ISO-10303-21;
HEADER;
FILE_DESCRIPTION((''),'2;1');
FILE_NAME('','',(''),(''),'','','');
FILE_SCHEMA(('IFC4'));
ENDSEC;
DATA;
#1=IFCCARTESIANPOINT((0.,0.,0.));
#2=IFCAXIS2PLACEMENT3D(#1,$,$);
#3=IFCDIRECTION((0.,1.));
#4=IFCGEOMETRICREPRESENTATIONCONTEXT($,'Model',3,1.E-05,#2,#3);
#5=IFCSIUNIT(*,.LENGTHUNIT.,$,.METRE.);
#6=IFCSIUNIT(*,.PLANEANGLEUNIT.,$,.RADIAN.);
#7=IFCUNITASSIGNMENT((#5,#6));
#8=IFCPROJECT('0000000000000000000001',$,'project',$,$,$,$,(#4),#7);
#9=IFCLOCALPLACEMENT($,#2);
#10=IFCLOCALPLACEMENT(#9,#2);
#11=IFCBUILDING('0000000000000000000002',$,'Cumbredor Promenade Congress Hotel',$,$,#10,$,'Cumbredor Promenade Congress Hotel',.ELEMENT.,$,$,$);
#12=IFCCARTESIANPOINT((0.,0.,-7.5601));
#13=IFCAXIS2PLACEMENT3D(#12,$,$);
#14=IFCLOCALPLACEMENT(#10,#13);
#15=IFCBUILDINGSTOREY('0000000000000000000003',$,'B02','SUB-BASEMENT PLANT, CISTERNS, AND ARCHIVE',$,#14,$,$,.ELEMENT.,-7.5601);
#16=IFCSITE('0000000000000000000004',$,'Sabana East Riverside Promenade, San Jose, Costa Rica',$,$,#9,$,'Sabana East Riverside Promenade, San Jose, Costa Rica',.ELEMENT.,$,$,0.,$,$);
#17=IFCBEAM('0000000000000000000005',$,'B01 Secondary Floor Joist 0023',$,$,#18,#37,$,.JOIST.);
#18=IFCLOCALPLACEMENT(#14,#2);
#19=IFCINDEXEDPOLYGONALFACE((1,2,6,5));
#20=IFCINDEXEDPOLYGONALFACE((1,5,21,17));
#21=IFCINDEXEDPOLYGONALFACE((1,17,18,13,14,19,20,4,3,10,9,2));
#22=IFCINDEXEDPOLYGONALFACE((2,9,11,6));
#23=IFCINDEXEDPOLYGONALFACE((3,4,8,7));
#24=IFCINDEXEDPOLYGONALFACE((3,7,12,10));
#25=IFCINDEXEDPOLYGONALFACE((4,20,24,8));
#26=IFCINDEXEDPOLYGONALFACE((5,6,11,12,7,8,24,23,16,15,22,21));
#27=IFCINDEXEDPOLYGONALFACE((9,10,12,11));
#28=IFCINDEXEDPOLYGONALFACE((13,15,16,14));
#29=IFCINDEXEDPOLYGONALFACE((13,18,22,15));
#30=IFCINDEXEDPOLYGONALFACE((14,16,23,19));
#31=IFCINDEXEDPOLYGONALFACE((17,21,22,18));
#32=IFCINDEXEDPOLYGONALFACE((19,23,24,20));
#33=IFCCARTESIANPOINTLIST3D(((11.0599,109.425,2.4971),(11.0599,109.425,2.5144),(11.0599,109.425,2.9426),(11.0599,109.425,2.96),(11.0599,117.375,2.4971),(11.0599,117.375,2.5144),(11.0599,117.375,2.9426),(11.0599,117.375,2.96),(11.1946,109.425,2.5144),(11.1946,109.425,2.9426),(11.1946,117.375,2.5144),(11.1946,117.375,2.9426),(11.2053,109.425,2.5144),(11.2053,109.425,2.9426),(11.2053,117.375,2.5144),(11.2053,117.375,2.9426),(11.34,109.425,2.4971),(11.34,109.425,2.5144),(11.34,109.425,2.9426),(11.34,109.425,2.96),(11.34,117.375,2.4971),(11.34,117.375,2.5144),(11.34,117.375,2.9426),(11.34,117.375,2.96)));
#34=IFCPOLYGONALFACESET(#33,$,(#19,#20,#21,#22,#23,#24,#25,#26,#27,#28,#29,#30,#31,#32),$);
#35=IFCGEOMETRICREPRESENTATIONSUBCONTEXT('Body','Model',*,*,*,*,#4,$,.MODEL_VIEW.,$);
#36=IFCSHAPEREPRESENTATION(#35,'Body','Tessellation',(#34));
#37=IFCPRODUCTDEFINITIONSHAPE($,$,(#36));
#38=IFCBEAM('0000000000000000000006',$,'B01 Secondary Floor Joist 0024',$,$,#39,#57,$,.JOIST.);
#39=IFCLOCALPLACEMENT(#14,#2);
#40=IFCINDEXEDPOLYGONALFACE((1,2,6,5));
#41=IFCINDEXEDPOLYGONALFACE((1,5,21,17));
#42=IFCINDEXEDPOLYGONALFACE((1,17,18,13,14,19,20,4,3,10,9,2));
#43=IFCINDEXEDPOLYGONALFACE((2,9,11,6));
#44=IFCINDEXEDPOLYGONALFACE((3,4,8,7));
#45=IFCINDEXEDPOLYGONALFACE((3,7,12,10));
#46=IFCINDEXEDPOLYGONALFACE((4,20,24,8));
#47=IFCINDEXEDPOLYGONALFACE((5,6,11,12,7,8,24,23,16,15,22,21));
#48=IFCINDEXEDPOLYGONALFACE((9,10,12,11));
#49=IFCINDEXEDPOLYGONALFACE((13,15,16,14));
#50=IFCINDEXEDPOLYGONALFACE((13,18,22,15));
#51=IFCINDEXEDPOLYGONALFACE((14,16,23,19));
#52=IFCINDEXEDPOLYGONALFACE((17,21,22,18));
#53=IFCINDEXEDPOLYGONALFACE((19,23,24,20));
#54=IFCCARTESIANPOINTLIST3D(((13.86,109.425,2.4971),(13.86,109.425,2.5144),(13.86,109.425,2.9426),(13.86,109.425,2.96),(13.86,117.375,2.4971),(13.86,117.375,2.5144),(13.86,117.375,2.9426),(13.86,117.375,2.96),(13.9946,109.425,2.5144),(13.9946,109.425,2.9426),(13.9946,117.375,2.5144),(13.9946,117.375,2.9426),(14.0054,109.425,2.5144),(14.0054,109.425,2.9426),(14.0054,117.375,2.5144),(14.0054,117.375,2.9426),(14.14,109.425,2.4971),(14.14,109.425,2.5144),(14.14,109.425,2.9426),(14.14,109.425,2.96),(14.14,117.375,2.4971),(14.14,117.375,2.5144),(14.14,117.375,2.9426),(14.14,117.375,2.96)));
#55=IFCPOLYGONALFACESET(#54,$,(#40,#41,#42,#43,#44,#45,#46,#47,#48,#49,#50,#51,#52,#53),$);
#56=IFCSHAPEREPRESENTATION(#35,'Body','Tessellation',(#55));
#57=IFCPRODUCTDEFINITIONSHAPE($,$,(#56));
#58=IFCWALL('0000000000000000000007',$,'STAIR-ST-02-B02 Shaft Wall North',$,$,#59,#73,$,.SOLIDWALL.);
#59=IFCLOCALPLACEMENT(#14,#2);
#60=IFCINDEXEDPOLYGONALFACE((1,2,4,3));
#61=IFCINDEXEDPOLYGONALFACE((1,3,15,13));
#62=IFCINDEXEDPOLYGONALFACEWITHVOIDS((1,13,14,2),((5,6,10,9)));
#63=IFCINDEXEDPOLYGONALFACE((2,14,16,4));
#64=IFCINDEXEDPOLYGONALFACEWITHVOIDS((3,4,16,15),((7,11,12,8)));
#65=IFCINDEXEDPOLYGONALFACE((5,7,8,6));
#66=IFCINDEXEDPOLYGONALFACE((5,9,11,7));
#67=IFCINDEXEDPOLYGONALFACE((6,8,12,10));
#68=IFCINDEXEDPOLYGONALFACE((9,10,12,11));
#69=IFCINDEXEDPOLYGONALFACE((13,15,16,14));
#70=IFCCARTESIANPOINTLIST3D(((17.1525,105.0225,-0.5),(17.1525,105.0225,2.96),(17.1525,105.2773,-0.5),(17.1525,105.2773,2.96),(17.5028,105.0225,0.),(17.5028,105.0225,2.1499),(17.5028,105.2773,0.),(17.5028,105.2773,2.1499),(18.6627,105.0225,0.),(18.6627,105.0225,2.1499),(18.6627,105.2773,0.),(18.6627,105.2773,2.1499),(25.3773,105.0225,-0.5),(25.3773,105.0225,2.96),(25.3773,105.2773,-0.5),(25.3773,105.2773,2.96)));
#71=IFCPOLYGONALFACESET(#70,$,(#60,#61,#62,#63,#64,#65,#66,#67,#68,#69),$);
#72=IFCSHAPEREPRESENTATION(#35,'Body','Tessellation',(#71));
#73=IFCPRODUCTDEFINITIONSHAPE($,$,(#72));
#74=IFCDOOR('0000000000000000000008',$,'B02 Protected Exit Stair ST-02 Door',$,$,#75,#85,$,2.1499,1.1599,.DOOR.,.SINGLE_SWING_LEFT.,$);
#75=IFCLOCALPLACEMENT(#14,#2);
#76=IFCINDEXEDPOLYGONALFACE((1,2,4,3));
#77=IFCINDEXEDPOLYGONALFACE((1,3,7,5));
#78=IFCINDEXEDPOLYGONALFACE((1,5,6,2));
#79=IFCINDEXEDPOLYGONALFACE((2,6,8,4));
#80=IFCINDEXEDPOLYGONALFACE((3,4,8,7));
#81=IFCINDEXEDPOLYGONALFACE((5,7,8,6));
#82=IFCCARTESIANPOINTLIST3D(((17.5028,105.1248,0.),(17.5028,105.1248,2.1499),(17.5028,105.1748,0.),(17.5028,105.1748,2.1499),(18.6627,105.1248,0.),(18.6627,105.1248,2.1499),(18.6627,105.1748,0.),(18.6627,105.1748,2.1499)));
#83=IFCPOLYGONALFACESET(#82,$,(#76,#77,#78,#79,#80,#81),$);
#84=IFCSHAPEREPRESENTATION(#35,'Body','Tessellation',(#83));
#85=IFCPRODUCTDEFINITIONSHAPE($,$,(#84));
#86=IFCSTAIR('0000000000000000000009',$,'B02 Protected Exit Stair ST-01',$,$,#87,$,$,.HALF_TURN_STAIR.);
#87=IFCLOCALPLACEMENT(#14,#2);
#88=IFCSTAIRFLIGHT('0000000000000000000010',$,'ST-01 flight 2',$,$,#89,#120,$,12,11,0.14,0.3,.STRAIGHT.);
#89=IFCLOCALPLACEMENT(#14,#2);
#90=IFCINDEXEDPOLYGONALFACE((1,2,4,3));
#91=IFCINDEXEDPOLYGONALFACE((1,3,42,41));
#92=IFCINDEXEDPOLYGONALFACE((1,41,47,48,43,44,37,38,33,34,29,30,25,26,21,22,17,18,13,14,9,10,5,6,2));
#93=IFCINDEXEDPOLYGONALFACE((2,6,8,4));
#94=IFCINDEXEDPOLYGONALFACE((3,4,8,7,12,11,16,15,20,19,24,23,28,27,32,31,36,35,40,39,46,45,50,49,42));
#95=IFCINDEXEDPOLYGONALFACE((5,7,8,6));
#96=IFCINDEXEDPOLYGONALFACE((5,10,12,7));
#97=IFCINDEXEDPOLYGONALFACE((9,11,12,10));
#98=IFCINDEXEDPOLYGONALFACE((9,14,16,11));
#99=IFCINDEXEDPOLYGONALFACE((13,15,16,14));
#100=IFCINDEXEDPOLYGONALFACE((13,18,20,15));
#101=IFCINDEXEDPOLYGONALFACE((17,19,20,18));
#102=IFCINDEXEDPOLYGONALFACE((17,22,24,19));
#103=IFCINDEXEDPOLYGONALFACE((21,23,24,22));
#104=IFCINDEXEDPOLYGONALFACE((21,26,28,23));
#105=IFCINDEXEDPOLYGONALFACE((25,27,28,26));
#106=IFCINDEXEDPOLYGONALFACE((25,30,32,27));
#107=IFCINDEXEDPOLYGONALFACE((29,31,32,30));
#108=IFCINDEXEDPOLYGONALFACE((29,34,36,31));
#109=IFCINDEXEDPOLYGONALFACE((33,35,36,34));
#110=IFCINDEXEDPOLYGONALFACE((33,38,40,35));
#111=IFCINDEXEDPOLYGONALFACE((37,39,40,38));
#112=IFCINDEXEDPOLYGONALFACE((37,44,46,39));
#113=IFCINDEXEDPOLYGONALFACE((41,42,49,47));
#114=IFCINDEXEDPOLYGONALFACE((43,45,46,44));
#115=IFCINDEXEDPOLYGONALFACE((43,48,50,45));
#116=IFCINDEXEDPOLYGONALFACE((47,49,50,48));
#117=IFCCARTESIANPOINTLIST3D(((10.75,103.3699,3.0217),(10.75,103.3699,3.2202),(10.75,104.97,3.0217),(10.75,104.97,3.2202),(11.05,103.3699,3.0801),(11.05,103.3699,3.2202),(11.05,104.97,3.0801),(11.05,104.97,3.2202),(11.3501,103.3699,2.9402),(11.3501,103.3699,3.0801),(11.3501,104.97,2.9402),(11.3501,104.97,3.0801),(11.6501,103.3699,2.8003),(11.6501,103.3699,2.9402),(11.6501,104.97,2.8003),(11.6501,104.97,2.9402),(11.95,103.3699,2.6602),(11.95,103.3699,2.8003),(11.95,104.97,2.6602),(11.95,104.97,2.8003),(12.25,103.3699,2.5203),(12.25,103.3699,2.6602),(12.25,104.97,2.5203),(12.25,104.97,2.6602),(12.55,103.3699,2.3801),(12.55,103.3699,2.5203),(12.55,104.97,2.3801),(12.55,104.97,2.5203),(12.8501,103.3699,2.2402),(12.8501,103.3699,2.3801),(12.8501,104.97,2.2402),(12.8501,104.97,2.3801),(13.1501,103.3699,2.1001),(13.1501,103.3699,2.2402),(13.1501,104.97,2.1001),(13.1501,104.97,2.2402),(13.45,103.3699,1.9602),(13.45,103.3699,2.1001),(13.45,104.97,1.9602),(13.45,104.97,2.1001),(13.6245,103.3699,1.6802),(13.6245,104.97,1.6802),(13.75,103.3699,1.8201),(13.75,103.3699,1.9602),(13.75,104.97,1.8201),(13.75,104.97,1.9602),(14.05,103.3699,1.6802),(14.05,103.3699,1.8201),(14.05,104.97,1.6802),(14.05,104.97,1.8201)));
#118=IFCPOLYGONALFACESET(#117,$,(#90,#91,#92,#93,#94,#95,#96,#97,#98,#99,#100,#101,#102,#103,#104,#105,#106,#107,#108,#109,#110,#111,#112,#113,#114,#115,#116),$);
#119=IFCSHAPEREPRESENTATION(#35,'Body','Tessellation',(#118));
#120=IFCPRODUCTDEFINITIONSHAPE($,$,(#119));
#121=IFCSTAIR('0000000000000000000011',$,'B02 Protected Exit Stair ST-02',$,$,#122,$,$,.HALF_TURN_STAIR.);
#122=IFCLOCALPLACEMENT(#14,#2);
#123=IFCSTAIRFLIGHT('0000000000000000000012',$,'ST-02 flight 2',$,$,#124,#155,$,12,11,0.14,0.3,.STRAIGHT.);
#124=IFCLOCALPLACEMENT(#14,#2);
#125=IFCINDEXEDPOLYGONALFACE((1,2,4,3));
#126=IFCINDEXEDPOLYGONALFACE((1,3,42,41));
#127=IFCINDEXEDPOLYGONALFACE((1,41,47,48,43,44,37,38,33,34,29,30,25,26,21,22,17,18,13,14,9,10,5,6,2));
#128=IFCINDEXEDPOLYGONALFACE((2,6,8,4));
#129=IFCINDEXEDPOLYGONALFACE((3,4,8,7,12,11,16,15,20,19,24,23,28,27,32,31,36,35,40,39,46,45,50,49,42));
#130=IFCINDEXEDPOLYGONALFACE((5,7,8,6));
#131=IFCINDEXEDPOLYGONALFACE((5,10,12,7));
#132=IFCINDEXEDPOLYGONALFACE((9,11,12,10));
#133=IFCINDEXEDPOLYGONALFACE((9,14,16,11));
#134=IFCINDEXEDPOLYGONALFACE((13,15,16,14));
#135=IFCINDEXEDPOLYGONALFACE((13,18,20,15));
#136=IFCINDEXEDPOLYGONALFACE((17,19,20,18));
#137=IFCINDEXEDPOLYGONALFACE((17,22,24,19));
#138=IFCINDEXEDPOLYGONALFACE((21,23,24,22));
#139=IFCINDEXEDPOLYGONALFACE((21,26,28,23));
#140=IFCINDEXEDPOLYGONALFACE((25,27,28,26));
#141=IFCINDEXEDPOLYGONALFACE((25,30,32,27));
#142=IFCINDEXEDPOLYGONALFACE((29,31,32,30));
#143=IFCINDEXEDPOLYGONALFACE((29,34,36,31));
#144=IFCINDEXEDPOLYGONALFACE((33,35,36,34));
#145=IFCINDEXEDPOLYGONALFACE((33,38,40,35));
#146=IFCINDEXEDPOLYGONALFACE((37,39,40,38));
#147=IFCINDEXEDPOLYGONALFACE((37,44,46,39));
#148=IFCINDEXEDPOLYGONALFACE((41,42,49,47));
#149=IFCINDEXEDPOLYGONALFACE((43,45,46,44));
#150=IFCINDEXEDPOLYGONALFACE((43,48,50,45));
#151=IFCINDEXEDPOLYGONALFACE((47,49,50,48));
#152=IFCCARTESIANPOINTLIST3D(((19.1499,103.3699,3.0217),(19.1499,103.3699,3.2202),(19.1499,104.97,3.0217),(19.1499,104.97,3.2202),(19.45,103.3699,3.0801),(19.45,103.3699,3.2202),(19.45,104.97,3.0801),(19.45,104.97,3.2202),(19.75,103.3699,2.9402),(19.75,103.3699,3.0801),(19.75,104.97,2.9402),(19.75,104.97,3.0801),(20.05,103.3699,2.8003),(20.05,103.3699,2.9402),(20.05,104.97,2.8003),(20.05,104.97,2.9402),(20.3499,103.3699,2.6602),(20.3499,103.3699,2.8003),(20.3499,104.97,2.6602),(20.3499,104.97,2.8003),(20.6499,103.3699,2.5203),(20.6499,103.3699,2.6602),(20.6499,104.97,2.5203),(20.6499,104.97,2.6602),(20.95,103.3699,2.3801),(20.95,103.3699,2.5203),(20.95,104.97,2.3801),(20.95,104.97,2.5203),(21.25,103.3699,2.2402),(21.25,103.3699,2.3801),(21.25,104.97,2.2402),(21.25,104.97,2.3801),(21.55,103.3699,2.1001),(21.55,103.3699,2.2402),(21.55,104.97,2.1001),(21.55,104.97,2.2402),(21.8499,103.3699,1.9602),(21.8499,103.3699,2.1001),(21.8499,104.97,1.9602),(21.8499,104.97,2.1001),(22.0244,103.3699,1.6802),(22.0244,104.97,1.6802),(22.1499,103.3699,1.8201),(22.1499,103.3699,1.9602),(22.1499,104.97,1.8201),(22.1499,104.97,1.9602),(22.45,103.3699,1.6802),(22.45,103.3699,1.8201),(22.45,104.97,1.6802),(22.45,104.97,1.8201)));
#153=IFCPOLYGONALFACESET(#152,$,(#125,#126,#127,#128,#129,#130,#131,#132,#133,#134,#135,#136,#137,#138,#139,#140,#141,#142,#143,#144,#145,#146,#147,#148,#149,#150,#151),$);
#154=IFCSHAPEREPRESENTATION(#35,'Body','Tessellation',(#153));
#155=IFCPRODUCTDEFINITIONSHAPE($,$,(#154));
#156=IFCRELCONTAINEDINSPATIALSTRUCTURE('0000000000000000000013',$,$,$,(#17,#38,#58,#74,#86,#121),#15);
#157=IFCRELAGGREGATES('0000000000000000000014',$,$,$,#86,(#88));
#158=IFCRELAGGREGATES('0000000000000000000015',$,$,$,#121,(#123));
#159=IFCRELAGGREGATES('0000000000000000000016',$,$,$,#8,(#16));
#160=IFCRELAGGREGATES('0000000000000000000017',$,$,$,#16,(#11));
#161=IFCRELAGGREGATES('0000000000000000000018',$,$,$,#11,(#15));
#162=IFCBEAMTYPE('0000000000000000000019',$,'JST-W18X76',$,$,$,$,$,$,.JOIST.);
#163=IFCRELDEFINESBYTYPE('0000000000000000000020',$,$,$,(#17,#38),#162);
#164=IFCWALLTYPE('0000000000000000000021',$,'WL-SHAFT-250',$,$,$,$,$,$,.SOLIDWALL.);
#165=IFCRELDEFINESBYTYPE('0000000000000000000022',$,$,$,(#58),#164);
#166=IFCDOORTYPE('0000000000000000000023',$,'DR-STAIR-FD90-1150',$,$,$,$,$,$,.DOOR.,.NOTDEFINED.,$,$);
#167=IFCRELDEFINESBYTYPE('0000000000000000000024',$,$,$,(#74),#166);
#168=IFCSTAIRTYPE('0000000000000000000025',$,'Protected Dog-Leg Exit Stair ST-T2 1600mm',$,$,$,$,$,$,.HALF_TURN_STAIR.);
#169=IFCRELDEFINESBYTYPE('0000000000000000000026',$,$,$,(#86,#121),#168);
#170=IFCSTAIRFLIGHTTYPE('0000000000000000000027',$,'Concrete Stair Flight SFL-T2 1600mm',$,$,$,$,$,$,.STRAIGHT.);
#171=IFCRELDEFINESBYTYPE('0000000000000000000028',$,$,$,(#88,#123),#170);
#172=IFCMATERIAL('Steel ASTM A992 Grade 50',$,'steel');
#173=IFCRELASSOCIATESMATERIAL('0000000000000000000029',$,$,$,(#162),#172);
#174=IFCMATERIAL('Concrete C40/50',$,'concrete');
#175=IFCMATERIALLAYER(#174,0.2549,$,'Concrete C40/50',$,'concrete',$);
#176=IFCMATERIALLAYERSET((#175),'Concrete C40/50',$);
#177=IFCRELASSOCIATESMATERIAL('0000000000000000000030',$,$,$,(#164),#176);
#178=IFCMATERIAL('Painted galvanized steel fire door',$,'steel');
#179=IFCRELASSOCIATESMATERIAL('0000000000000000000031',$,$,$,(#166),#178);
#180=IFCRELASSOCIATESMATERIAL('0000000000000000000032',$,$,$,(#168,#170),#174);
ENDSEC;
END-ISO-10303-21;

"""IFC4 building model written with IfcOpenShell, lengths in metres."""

from ifc_helpers import new_model, si_unit, direction, frame, frame_2d, origin, origin_2d, place, context, subcontext, project, spatial, polyline, rectangle, i_section, outline, extrude, material, layer, layer_set, material_profile, profile_set, type_object, element, fill, aggregate, save


model = new_model("IFC4")

# Units and contexts
model_context = context("Model", 3, precision=1e-05, world=origin(), true_north=direction((0.0, 1.0)))
body_context = subcontext(model_context, "Body", "Model", "MODEL_VIEW")
ifc_project = project(units=[si_unit("LENGTHUNIT", "METRE"), si_unit("PLANEANGLEUNIT", "RADIAN")], contexts=[model_context])

# Site, building, storey
site_placement = place(None, origin())
site = spatial("IfcSite", under=ifc_project, at=site_placement, Name="Sabana East Riverside Promenade, San Jose, Costa Rica", LongName="Sabana East Riverside Promenade, San Jose, Costa Rica", CompositionType="ELEMENT", RefElevation=0.0)
building_placement = place(site_placement, origin())
building = spatial("IfcBuilding", under=site, at=building_placement, Name="Cumbredor Promenade Congress Hotel", LongName="Cumbredor Promenade Congress Hotel", CompositionType="ELEMENT")
storey_placement = place(building_placement, frame((0.0, 0.0, -7.5601)))
storey = spatial("IfcBuildingStorey", under=building, at=storey_placement, Name="B02", Description="SUB-BASEMENT PLANT, CISTERNS, AND ARCHIVE", CompositionType="ELEMENT", Elevation=-7.5601)

# Shared definitions
ifc_material_1 = material(Name="Concrete C40/50", Category="concrete")

# Beams
ifc_material_2 = material(Name="Steel ASTM A992 Grade 50", Category="steel")
ifc_material_profile_1 = material_profile(ifc_material_2, i_section(OverallWidth=0.28, OverallDepth=0.4629, WebThickness=0.0107, FlangeThickness=0.0173, at=origin_2d()), Name="W18X76")
ifc_profile_set_1 = profile_set([ifc_material_profile_1], Name="Steel ASTM A992 Grade 50")
beam_type_1 = type_object("IfcBeamType", Name="JST-W18X76", PredefinedType="JOIST", material=ifc_profile_set_1)
for number, where, z_axis, x_axis, name in (
    (1, (11.2, 109.425, 2.7285), (0.0, 1.0, 0.0), (-1.0, 0.0, 0.0), "B01 Secondary Floor Joist 0023"),
    (2, (14.0, 109.425, 2.7285), (0.0, 1.0, 0.0), (-1.0, 0.0, 0.0), "B01 Secondary Floor Joist 0024"),
):
    element("IfcBeam", number, at=place(storey_placement, frame(where, z_axis=z_axis, x_axis=x_axis)), inside=storey, type_object=beam_type_1, Name=name, PredefinedType="JOIST", context=body_context, shape_type="SweptSolid", body=[
        extrude(i_section(OverallWidth=0.28, OverallDepth=0.4629, WebThickness=0.0107, FlangeThickness=0.0173, at=origin_2d()), origin(), (0.0, 0.0, 1.0), 7.95),
    ])

# Wall, opening, door
ifc_layer = layer(ifc_material_1, 0.2549, Name="Concrete C40/50", Category="concrete")
ifc_layer_set = layer_set([ifc_layer], Name="Concrete C40/50")
wall_type = type_object("IfcWallType", Name="WL-SHAFT-250", PredefinedType="SOLIDWALL", material=ifc_layer_set)
wall_placement = place(storey_placement, frame((17.1526, 105.1499, -0.5), z_axis=(0.0, 0.0, 1.0), x_axis=(1.0, 0.0, 0.0)))
wall = element("IfcWall", 3, at=wall_placement, inside=storey, type_object=wall_type, Name="STAIR-ST-02-B02 Shaft Wall North", PredefinedType="SOLIDWALL", context=body_context, shape_type="SweptSolid", body=[
    extrude(rectangle(XDim=8.2249, YDim=0.2549, at=frame_2d((4.1123, 0.0))), origin(), (0.0, 0.0, 1.0), 3.46),
])
opening_placement = place(wall_placement, frame((0.3501, 0.0, 0.5)))
opening = element("IfcOpeningElement", 4, at=opening_placement, cuts=wall, PredefinedType="OPENING", context=body_context, shape_type="SweptSolid", body=[
    extrude(rectangle(XDim=1.1599, YDim=2.1499, at=frame_2d((0.5801, 1.075))), frame((0.0, 0.1375, 0.0), z_axis=(0.0, -1.0, 0.0), x_axis=(1.0, 0.0, 0.0)), (0.0, 0.0, 1.0), 0.2749),
])
ifc_material_3 = material(Name="Painted galvanized steel fire door", Category="steel")
door_type = type_object("IfcDoorType", Name="DR-STAIR-FD90-1150", OperationType="NOTDEFINED", PredefinedType="DOOR", material=ifc_material_3)
door_placement = place(opening_placement, origin())
door = element("IfcDoor", 5, at=door_placement, inside=storey, type_object=door_type, Name="B02 Protected Exit Stair ST-02 Door", OperationType="SINGLE_SWING_LEFT", OverallHeight=2.1499, OverallWidth=1.1599, PredefinedType="DOOR", context=body_context, shape_type="SweptSolid", body=[
    extrude(rectangle(XDim=1.1599, YDim=2.1499, at=frame_2d((0.5801, 1.075))), frame((0.0, 0.0249, 0.0), z_axis=(0.0, -1.0, 0.0), x_axis=(1.0, 0.0, 0.0)), (0.0, 0.0, 1.0), 0.05),
])
fill(opening, door)

# Stairs, stair flights
stair_type = type_object("IfcStairType", Name="Protected Dog-Leg Exit Stair ST-T2 1600mm", PredefinedType="HALF_TURN_STAIR", material=ifc_material_1)
stair_1_placement = place(storey_placement, origin())
stair_1 = element("IfcStair", 6, at=stair_1_placement, inside=storey, type_object=stair_type, Name="B02 Protected Exit Stair ST-01", PredefinedType="HALF_TURN_STAIR")
stair_flight_type = type_object("IfcStairFlightType", Name="Concrete Stair Flight SFL-T2 1600mm", PredefinedType="STRAIGHT", material=ifc_material_1)
stair_flight_1_placement = place(storey_placement, frame((14.05, 104.1699, 1.6802), z_axis=(0.0, 0.0, 1.0), x_axis=(-1.0, 0.0, 0.0)))
stair_flight_1 = element("IfcStairFlight", 7, at=stair_flight_1_placement, type_object=stair_flight_type, Name="ST-01 flight 2", NumberOfRisers=12, NumberOfTreads=11, PredefinedType="STRAIGHT", RiserHeight=0.14, TreadLength=0.3, context=body_context, shape_type="SweptSolid", body=[
    extrude(outline(polyline([(0.0, 0.0), (0.0, 0.1399), (0.3, 0.1399), (0.3, 0.28), (0.6001, 0.28), (0.6001, 0.4199), (0.8999, 0.4199), (0.8999, 0.5601), (1.2, 0.5601), (1.2, 0.7), (1.5, 0.7), (1.5, 0.8401), (1.8, 0.8401), (1.8, 0.98), (2.1001, 0.98), (2.1001, 1.1201), (2.3999, 1.1201), (2.3999, 1.26), (2.7, 1.26), (2.7, 1.3999), (3.0, 1.3999), (3.0, 1.54), (3.3, 1.54), (3.3, 1.6799), (3.3, 1.3416), (0.4255, 0.0), (0.0, 0.0)])), frame((0.0, 0.8, 0.0), z_axis=(0.0, -1.0, 0.0), x_axis=(1.0, 0.0, 0.0)), (0.0, 0.0, 1.0), 1.6001),
])
aggregate(stair_1, [stair_flight_1])
stair_2_placement = place(storey_placement, origin())
stair_2 = element("IfcStair", 8, at=stair_2_placement, inside=storey, type_object=stair_type, Name="B02 Protected Exit Stair ST-02", PredefinedType="HALF_TURN_STAIR")
stair_flight_2_placement = place(storey_placement, frame((22.45, 104.1699, 1.6802), z_axis=(0.0, 0.0, 1.0), x_axis=(-1.0, 0.0, 0.0)))
stair_flight_2 = element("IfcStairFlight", 9, at=stair_flight_2_placement, type_object=stair_flight_type, Name="ST-02 flight 2", NumberOfRisers=12, NumberOfTreads=11, PredefinedType="STRAIGHT", RiserHeight=0.14, TreadLength=0.3, context=body_context, shape_type="SweptSolid", body=[
    extrude(outline(polyline([(0.0, 0.0), (0.0, 0.1399), (0.3, 0.1399), (0.3, 0.28), (0.6001, 0.28), (0.6001, 0.4199), (0.8999, 0.4199), (0.8999, 0.5601), (1.2, 0.5601), (1.2, 0.7), (1.5, 0.7), (1.5, 0.8401), (1.8, 0.8401), (1.8, 0.98), (2.1001, 0.98), (2.1001, 1.1201), (2.3999, 1.1201), (2.3999, 1.26), (2.7, 1.26), (2.7, 1.3999), (3.0, 1.3999), (3.0, 1.54), (3.3, 1.54), (3.3, 1.6799), (3.3, 1.3416), (0.4255, 0.0), (0.0, 0.0)])), frame((0.0, 0.8, 0.0), z_axis=(0.0, -1.0, 0.0), x_axis=(1.0, 0.0, 0.0)), (0.0, 0.0, 1.0), 1.6001),
])
aggregate(stair_2, [stair_flight_2])

save(model, "model.ifc")
